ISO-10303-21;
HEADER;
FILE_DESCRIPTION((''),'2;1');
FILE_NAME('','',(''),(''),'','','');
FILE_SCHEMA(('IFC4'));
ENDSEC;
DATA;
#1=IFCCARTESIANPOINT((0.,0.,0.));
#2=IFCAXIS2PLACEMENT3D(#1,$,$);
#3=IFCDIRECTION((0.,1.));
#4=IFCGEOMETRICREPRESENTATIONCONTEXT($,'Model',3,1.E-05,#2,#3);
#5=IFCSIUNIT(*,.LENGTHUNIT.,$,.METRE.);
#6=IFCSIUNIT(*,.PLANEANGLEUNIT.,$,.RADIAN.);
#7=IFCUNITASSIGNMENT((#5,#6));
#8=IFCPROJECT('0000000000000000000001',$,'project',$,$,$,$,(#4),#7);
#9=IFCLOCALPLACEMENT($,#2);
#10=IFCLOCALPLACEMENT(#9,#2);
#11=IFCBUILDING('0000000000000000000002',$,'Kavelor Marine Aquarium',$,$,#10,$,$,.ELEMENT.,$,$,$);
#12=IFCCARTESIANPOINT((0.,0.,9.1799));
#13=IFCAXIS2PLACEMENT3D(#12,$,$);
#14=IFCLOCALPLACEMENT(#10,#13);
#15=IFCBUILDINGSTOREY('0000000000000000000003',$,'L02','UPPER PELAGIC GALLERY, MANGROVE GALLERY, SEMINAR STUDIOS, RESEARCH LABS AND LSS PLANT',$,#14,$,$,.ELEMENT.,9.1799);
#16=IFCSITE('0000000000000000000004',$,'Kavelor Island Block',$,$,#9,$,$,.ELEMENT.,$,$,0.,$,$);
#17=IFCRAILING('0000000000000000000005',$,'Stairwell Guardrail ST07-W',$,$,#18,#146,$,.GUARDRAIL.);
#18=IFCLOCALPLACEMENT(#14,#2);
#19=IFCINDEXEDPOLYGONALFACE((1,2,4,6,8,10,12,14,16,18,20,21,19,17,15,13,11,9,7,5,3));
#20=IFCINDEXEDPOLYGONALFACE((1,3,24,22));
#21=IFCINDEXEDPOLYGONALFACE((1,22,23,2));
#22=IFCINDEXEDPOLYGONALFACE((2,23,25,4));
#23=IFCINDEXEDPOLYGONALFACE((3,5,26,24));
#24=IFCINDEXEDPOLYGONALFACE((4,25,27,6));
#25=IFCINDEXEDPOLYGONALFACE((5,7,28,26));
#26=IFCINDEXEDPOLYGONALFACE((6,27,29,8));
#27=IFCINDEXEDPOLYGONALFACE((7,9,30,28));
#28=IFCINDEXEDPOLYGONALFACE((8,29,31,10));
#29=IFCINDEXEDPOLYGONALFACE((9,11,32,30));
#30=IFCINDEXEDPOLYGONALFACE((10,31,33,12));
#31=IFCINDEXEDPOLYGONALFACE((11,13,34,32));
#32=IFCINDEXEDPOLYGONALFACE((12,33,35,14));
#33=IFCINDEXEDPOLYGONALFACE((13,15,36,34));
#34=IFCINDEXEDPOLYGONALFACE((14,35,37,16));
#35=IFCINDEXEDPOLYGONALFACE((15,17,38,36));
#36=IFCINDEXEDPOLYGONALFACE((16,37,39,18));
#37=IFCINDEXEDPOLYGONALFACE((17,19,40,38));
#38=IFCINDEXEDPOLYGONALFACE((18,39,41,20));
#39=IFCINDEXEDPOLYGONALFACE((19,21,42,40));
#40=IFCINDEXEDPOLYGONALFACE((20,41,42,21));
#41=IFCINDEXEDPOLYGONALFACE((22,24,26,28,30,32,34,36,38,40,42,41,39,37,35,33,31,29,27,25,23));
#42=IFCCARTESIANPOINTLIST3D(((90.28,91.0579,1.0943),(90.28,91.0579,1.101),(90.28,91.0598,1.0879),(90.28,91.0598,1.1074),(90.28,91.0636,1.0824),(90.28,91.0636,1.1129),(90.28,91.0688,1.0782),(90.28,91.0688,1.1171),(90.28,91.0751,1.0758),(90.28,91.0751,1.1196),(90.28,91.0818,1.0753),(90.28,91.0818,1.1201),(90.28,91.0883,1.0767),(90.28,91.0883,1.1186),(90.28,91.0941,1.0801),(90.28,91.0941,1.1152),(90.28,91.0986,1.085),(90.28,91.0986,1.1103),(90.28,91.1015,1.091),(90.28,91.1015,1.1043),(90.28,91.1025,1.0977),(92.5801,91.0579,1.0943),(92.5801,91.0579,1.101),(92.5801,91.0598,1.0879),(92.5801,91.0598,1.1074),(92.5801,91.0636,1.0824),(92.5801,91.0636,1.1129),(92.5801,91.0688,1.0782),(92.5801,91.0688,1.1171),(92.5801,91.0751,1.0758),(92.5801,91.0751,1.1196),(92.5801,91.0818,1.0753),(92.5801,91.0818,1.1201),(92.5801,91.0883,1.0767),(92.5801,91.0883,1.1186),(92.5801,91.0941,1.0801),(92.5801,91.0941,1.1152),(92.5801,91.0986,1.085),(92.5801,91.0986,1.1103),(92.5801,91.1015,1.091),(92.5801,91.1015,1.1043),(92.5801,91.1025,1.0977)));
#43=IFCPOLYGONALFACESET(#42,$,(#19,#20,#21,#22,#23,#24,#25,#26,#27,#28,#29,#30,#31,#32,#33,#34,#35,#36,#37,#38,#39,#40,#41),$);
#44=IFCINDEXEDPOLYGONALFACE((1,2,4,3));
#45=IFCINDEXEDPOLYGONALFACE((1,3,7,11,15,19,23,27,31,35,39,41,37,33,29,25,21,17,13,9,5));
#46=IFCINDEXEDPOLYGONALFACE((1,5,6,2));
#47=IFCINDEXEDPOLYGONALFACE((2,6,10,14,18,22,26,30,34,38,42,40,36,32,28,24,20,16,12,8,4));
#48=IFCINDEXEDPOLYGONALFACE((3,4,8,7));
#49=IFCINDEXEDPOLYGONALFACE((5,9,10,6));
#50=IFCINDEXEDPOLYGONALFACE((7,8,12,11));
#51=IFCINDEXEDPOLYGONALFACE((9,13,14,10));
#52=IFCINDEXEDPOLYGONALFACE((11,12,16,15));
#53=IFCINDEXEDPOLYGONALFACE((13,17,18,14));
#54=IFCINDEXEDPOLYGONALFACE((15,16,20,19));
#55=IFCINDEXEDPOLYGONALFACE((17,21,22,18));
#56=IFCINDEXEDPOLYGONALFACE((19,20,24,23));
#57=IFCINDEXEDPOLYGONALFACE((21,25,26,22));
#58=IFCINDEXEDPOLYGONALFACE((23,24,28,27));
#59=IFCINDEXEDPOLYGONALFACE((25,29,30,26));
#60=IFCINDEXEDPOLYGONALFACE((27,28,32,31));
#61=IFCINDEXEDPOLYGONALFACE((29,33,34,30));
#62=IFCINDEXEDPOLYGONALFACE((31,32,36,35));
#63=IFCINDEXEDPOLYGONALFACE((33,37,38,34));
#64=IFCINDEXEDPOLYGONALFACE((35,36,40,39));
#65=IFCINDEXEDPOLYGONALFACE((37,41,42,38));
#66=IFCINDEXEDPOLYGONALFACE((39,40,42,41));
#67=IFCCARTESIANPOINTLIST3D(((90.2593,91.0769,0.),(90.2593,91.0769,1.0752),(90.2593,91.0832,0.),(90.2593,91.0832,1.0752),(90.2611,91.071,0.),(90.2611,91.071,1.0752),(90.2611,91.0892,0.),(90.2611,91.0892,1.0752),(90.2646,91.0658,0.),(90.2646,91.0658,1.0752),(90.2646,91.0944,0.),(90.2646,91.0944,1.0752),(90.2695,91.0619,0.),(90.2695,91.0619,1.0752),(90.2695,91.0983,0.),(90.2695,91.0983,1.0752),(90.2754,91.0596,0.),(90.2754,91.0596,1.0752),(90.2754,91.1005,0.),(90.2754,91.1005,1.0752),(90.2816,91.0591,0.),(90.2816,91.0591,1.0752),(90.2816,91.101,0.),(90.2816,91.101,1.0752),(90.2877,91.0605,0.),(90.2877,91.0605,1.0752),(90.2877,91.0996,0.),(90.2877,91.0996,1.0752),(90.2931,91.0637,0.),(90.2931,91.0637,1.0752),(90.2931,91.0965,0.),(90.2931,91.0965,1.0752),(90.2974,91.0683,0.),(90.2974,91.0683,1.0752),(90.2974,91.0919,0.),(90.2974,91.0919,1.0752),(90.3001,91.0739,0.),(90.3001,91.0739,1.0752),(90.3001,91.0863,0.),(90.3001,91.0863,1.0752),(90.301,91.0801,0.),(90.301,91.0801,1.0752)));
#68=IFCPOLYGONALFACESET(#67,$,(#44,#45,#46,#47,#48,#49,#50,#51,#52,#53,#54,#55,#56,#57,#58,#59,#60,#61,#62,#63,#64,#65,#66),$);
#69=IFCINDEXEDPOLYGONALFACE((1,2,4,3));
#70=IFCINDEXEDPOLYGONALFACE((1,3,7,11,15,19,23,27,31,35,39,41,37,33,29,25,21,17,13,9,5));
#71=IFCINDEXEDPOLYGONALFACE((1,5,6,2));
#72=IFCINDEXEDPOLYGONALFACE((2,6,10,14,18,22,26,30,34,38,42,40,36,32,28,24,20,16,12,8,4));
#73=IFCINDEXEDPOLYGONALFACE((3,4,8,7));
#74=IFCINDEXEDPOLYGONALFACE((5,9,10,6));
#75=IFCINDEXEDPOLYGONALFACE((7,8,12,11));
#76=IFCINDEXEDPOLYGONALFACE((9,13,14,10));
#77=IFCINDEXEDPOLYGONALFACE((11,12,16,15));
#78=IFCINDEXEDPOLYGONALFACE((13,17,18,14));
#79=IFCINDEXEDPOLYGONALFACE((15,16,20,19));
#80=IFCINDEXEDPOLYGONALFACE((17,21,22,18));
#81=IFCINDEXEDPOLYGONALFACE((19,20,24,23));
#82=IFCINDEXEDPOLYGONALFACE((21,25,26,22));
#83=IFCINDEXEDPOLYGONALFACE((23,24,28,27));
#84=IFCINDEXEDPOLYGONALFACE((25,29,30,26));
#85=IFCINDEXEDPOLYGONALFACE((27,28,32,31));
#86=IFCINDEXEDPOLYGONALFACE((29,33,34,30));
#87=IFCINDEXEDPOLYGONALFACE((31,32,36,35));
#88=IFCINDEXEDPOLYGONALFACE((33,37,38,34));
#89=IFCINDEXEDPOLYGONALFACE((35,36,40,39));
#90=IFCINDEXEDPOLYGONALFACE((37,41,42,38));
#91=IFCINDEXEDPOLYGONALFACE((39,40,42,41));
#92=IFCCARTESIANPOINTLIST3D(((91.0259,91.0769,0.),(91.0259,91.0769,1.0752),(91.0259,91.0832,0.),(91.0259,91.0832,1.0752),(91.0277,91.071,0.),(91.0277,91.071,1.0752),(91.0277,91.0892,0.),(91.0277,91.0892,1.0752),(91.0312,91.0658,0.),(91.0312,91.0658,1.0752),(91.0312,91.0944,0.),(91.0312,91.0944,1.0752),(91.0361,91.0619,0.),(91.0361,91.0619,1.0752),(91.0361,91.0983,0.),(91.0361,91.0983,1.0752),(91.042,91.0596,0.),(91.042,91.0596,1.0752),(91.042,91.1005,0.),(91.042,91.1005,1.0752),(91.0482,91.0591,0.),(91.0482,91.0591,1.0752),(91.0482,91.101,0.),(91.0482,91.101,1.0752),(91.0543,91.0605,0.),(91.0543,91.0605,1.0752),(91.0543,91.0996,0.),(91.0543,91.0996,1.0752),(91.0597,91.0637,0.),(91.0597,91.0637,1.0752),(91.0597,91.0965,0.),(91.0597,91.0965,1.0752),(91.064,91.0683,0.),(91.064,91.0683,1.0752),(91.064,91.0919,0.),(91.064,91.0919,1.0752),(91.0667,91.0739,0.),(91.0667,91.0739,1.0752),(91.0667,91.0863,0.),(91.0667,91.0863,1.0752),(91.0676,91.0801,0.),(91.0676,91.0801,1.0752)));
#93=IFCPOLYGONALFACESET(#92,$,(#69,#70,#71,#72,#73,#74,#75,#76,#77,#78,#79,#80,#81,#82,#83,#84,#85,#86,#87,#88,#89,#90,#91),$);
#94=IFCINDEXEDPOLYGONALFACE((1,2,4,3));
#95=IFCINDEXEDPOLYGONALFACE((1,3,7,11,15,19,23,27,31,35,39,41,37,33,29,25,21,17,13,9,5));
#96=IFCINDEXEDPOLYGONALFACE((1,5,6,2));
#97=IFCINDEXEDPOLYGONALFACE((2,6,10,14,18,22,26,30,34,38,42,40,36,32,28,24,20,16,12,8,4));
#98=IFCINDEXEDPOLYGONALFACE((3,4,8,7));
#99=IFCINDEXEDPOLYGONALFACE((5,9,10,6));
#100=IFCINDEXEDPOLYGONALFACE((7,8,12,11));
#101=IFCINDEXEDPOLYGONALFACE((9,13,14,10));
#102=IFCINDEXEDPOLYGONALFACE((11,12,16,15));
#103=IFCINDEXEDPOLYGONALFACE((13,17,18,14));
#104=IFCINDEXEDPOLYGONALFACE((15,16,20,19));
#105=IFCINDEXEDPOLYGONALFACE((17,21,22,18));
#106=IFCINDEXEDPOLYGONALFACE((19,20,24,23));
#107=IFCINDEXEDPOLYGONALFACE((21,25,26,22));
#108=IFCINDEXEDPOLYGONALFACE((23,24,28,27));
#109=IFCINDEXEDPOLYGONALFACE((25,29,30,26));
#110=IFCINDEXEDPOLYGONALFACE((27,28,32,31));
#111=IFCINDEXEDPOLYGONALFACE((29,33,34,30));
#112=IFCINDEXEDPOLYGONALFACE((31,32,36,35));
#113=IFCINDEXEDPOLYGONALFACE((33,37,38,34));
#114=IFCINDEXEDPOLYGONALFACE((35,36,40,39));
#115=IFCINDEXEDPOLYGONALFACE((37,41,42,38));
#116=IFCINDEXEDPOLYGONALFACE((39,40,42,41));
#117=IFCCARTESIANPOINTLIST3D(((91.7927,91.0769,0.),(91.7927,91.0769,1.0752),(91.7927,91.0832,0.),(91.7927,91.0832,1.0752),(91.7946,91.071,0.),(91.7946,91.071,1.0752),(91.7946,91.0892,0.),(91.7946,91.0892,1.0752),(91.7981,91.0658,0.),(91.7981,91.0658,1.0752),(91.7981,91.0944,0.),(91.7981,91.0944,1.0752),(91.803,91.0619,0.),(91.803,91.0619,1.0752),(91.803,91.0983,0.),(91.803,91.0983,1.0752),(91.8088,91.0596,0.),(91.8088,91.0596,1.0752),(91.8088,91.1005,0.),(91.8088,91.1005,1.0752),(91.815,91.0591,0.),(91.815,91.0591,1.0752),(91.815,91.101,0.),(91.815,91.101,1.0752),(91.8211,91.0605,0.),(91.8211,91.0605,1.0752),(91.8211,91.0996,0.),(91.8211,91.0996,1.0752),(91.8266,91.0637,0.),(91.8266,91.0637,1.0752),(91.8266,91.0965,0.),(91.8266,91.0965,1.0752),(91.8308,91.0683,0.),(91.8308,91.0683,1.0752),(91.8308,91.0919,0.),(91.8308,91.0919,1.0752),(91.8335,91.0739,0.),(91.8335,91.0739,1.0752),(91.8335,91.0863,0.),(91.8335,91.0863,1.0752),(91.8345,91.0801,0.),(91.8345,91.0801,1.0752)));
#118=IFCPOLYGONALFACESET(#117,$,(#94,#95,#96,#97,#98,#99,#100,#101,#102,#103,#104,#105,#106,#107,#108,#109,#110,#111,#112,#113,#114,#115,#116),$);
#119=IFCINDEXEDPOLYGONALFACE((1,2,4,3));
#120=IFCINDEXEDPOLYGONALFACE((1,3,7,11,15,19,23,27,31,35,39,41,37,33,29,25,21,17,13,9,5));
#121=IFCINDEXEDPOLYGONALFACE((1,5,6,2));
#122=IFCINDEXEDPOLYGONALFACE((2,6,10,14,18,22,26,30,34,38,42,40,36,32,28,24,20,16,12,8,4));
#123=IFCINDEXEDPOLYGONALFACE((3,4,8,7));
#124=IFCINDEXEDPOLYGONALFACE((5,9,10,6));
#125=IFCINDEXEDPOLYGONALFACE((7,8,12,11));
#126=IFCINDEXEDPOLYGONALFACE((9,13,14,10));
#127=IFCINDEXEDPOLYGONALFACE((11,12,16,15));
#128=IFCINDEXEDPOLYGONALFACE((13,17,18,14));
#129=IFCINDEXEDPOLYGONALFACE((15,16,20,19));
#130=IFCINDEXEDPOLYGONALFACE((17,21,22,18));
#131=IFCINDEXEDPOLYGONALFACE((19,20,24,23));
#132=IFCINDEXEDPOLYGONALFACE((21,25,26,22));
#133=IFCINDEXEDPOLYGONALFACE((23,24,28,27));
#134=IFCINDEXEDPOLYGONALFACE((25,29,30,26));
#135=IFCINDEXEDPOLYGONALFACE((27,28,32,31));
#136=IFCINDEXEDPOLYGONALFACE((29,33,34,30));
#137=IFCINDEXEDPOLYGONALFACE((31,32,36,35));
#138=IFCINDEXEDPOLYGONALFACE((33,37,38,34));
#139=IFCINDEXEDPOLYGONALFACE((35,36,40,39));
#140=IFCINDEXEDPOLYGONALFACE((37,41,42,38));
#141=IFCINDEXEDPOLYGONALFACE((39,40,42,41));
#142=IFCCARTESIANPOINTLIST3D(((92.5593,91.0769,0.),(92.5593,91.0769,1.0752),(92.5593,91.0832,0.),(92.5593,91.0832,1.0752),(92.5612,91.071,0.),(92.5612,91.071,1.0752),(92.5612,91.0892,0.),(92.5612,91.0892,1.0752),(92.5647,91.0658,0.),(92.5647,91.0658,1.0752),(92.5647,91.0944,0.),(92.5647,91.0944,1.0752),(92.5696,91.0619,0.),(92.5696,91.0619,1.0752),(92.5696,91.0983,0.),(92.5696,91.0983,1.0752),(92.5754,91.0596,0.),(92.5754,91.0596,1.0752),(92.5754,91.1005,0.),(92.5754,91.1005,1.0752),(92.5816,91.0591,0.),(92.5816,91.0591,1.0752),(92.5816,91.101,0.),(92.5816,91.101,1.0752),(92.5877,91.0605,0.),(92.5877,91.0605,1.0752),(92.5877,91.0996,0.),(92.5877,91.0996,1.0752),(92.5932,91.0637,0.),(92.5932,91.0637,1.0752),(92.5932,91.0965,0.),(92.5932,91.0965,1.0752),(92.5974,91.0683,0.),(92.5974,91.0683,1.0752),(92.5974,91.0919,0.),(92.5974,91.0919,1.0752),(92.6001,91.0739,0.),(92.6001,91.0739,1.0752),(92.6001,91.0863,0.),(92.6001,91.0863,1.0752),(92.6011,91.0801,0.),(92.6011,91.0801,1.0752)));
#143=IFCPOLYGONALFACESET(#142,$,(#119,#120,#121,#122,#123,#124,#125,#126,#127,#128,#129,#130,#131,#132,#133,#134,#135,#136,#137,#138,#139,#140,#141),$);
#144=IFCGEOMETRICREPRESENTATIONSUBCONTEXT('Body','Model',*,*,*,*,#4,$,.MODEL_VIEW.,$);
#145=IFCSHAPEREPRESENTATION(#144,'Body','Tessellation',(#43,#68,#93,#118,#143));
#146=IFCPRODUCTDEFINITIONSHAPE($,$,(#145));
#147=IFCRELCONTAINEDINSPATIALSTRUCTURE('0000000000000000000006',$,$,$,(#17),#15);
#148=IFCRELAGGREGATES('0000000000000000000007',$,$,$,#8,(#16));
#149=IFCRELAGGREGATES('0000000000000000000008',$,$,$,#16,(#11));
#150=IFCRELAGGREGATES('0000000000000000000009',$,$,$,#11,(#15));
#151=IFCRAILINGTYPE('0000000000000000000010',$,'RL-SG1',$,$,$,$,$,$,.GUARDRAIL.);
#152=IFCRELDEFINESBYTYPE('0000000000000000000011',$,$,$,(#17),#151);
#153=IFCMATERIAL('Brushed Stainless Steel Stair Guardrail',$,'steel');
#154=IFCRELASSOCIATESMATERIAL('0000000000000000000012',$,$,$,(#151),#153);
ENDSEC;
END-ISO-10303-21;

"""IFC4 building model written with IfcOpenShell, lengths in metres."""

from ifc_helpers import new_model, si_unit, direction, frame, origin, origin_2d, place, context, subcontext, project, spatial, circle, extrude, material, type_object, element, save


model = new_model("IFC4")

# Units and contexts
model_context = context("Model", 3, precision=1e-05, world=origin(), true_north=direction((0.0, 1.0)))
body_context = subcontext(model_context, "Body", "Model", "MODEL_VIEW")
ifc_project = project(units=[si_unit("LENGTHUNIT", "METRE"), si_unit("PLANEANGLEUNIT", "RADIAN")], contexts=[model_context])

# Site, building, storey
site_placement = place(None, origin())
site = spatial("IfcSite", under=ifc_project, at=site_placement, Name="Kavelor Island Block", CompositionType="ELEMENT", RefElevation=0.0)
building_placement = place(site_placement, origin())
building = spatial("IfcBuilding", under=site, at=building_placement, Name="Kavelor Marine Aquarium", CompositionType="ELEMENT")
storey_placement = place(building_placement, frame((0.0, 0.0, 9.1799)))
storey = spatial("IfcBuildingStorey", under=building, at=storey_placement, Name="L02", Description="UPPER PELAGIC GALLERY, MANGROVE GALLERY, SEMINAR STUDIOS, RESEARCH LABS AND LSS PLANT", CompositionType="ELEMENT", Elevation=9.1799)

# Railing
ifc_material_1 = material(Name="Brushed Stainless Steel Stair Guardrail", Category="steel")
railing_type_1 = type_object("IfcRailingType", Name="RL-SG1", PredefinedType="GUARDRAIL", material=ifc_material_1)
railing_1_placement = place(storey_placement, frame((90.28, 91.0801, 0.0)))
element("IfcRailing", 1, at=railing_1_placement, inside=storey, type_object=railing_type_1, Name="Stairwell Guardrail ST07-W", PredefinedType="GUARDRAIL", context=body_context, shape_type="SweptSolid", body=[
    extrude(circle(Radius=0.0225, at=origin_2d()), frame((0.0, 0.0, 1.0977), z_axis=(1.0, 0.0, 0.0), x_axis=(0.0, 1.0, 0.0)), (0.0, 0.0, 1.0), 2.3),
    extrude(circle(Radius=0.021, at=origin_2d()), origin(), (0.0, 0.0, 1.0), 1.0752),
    extrude(circle(Radius=0.021, at=origin_2d()), frame((0.7666, 0.0, 0.0)), (0.0, 0.0, 1.0), 1.0752),
    extrude(circle(Radius=0.021, at=origin_2d()), frame((1.5334, 0.0, 0.0)), (0.0, 0.0, 1.0), 1.0752),
    extrude(circle(Radius=0.021, at=origin_2d()), frame((2.3, 0.0, 0.0)), (0.0, 0.0, 1.0), 1.0752),
])

save(model, "model.ifc")
